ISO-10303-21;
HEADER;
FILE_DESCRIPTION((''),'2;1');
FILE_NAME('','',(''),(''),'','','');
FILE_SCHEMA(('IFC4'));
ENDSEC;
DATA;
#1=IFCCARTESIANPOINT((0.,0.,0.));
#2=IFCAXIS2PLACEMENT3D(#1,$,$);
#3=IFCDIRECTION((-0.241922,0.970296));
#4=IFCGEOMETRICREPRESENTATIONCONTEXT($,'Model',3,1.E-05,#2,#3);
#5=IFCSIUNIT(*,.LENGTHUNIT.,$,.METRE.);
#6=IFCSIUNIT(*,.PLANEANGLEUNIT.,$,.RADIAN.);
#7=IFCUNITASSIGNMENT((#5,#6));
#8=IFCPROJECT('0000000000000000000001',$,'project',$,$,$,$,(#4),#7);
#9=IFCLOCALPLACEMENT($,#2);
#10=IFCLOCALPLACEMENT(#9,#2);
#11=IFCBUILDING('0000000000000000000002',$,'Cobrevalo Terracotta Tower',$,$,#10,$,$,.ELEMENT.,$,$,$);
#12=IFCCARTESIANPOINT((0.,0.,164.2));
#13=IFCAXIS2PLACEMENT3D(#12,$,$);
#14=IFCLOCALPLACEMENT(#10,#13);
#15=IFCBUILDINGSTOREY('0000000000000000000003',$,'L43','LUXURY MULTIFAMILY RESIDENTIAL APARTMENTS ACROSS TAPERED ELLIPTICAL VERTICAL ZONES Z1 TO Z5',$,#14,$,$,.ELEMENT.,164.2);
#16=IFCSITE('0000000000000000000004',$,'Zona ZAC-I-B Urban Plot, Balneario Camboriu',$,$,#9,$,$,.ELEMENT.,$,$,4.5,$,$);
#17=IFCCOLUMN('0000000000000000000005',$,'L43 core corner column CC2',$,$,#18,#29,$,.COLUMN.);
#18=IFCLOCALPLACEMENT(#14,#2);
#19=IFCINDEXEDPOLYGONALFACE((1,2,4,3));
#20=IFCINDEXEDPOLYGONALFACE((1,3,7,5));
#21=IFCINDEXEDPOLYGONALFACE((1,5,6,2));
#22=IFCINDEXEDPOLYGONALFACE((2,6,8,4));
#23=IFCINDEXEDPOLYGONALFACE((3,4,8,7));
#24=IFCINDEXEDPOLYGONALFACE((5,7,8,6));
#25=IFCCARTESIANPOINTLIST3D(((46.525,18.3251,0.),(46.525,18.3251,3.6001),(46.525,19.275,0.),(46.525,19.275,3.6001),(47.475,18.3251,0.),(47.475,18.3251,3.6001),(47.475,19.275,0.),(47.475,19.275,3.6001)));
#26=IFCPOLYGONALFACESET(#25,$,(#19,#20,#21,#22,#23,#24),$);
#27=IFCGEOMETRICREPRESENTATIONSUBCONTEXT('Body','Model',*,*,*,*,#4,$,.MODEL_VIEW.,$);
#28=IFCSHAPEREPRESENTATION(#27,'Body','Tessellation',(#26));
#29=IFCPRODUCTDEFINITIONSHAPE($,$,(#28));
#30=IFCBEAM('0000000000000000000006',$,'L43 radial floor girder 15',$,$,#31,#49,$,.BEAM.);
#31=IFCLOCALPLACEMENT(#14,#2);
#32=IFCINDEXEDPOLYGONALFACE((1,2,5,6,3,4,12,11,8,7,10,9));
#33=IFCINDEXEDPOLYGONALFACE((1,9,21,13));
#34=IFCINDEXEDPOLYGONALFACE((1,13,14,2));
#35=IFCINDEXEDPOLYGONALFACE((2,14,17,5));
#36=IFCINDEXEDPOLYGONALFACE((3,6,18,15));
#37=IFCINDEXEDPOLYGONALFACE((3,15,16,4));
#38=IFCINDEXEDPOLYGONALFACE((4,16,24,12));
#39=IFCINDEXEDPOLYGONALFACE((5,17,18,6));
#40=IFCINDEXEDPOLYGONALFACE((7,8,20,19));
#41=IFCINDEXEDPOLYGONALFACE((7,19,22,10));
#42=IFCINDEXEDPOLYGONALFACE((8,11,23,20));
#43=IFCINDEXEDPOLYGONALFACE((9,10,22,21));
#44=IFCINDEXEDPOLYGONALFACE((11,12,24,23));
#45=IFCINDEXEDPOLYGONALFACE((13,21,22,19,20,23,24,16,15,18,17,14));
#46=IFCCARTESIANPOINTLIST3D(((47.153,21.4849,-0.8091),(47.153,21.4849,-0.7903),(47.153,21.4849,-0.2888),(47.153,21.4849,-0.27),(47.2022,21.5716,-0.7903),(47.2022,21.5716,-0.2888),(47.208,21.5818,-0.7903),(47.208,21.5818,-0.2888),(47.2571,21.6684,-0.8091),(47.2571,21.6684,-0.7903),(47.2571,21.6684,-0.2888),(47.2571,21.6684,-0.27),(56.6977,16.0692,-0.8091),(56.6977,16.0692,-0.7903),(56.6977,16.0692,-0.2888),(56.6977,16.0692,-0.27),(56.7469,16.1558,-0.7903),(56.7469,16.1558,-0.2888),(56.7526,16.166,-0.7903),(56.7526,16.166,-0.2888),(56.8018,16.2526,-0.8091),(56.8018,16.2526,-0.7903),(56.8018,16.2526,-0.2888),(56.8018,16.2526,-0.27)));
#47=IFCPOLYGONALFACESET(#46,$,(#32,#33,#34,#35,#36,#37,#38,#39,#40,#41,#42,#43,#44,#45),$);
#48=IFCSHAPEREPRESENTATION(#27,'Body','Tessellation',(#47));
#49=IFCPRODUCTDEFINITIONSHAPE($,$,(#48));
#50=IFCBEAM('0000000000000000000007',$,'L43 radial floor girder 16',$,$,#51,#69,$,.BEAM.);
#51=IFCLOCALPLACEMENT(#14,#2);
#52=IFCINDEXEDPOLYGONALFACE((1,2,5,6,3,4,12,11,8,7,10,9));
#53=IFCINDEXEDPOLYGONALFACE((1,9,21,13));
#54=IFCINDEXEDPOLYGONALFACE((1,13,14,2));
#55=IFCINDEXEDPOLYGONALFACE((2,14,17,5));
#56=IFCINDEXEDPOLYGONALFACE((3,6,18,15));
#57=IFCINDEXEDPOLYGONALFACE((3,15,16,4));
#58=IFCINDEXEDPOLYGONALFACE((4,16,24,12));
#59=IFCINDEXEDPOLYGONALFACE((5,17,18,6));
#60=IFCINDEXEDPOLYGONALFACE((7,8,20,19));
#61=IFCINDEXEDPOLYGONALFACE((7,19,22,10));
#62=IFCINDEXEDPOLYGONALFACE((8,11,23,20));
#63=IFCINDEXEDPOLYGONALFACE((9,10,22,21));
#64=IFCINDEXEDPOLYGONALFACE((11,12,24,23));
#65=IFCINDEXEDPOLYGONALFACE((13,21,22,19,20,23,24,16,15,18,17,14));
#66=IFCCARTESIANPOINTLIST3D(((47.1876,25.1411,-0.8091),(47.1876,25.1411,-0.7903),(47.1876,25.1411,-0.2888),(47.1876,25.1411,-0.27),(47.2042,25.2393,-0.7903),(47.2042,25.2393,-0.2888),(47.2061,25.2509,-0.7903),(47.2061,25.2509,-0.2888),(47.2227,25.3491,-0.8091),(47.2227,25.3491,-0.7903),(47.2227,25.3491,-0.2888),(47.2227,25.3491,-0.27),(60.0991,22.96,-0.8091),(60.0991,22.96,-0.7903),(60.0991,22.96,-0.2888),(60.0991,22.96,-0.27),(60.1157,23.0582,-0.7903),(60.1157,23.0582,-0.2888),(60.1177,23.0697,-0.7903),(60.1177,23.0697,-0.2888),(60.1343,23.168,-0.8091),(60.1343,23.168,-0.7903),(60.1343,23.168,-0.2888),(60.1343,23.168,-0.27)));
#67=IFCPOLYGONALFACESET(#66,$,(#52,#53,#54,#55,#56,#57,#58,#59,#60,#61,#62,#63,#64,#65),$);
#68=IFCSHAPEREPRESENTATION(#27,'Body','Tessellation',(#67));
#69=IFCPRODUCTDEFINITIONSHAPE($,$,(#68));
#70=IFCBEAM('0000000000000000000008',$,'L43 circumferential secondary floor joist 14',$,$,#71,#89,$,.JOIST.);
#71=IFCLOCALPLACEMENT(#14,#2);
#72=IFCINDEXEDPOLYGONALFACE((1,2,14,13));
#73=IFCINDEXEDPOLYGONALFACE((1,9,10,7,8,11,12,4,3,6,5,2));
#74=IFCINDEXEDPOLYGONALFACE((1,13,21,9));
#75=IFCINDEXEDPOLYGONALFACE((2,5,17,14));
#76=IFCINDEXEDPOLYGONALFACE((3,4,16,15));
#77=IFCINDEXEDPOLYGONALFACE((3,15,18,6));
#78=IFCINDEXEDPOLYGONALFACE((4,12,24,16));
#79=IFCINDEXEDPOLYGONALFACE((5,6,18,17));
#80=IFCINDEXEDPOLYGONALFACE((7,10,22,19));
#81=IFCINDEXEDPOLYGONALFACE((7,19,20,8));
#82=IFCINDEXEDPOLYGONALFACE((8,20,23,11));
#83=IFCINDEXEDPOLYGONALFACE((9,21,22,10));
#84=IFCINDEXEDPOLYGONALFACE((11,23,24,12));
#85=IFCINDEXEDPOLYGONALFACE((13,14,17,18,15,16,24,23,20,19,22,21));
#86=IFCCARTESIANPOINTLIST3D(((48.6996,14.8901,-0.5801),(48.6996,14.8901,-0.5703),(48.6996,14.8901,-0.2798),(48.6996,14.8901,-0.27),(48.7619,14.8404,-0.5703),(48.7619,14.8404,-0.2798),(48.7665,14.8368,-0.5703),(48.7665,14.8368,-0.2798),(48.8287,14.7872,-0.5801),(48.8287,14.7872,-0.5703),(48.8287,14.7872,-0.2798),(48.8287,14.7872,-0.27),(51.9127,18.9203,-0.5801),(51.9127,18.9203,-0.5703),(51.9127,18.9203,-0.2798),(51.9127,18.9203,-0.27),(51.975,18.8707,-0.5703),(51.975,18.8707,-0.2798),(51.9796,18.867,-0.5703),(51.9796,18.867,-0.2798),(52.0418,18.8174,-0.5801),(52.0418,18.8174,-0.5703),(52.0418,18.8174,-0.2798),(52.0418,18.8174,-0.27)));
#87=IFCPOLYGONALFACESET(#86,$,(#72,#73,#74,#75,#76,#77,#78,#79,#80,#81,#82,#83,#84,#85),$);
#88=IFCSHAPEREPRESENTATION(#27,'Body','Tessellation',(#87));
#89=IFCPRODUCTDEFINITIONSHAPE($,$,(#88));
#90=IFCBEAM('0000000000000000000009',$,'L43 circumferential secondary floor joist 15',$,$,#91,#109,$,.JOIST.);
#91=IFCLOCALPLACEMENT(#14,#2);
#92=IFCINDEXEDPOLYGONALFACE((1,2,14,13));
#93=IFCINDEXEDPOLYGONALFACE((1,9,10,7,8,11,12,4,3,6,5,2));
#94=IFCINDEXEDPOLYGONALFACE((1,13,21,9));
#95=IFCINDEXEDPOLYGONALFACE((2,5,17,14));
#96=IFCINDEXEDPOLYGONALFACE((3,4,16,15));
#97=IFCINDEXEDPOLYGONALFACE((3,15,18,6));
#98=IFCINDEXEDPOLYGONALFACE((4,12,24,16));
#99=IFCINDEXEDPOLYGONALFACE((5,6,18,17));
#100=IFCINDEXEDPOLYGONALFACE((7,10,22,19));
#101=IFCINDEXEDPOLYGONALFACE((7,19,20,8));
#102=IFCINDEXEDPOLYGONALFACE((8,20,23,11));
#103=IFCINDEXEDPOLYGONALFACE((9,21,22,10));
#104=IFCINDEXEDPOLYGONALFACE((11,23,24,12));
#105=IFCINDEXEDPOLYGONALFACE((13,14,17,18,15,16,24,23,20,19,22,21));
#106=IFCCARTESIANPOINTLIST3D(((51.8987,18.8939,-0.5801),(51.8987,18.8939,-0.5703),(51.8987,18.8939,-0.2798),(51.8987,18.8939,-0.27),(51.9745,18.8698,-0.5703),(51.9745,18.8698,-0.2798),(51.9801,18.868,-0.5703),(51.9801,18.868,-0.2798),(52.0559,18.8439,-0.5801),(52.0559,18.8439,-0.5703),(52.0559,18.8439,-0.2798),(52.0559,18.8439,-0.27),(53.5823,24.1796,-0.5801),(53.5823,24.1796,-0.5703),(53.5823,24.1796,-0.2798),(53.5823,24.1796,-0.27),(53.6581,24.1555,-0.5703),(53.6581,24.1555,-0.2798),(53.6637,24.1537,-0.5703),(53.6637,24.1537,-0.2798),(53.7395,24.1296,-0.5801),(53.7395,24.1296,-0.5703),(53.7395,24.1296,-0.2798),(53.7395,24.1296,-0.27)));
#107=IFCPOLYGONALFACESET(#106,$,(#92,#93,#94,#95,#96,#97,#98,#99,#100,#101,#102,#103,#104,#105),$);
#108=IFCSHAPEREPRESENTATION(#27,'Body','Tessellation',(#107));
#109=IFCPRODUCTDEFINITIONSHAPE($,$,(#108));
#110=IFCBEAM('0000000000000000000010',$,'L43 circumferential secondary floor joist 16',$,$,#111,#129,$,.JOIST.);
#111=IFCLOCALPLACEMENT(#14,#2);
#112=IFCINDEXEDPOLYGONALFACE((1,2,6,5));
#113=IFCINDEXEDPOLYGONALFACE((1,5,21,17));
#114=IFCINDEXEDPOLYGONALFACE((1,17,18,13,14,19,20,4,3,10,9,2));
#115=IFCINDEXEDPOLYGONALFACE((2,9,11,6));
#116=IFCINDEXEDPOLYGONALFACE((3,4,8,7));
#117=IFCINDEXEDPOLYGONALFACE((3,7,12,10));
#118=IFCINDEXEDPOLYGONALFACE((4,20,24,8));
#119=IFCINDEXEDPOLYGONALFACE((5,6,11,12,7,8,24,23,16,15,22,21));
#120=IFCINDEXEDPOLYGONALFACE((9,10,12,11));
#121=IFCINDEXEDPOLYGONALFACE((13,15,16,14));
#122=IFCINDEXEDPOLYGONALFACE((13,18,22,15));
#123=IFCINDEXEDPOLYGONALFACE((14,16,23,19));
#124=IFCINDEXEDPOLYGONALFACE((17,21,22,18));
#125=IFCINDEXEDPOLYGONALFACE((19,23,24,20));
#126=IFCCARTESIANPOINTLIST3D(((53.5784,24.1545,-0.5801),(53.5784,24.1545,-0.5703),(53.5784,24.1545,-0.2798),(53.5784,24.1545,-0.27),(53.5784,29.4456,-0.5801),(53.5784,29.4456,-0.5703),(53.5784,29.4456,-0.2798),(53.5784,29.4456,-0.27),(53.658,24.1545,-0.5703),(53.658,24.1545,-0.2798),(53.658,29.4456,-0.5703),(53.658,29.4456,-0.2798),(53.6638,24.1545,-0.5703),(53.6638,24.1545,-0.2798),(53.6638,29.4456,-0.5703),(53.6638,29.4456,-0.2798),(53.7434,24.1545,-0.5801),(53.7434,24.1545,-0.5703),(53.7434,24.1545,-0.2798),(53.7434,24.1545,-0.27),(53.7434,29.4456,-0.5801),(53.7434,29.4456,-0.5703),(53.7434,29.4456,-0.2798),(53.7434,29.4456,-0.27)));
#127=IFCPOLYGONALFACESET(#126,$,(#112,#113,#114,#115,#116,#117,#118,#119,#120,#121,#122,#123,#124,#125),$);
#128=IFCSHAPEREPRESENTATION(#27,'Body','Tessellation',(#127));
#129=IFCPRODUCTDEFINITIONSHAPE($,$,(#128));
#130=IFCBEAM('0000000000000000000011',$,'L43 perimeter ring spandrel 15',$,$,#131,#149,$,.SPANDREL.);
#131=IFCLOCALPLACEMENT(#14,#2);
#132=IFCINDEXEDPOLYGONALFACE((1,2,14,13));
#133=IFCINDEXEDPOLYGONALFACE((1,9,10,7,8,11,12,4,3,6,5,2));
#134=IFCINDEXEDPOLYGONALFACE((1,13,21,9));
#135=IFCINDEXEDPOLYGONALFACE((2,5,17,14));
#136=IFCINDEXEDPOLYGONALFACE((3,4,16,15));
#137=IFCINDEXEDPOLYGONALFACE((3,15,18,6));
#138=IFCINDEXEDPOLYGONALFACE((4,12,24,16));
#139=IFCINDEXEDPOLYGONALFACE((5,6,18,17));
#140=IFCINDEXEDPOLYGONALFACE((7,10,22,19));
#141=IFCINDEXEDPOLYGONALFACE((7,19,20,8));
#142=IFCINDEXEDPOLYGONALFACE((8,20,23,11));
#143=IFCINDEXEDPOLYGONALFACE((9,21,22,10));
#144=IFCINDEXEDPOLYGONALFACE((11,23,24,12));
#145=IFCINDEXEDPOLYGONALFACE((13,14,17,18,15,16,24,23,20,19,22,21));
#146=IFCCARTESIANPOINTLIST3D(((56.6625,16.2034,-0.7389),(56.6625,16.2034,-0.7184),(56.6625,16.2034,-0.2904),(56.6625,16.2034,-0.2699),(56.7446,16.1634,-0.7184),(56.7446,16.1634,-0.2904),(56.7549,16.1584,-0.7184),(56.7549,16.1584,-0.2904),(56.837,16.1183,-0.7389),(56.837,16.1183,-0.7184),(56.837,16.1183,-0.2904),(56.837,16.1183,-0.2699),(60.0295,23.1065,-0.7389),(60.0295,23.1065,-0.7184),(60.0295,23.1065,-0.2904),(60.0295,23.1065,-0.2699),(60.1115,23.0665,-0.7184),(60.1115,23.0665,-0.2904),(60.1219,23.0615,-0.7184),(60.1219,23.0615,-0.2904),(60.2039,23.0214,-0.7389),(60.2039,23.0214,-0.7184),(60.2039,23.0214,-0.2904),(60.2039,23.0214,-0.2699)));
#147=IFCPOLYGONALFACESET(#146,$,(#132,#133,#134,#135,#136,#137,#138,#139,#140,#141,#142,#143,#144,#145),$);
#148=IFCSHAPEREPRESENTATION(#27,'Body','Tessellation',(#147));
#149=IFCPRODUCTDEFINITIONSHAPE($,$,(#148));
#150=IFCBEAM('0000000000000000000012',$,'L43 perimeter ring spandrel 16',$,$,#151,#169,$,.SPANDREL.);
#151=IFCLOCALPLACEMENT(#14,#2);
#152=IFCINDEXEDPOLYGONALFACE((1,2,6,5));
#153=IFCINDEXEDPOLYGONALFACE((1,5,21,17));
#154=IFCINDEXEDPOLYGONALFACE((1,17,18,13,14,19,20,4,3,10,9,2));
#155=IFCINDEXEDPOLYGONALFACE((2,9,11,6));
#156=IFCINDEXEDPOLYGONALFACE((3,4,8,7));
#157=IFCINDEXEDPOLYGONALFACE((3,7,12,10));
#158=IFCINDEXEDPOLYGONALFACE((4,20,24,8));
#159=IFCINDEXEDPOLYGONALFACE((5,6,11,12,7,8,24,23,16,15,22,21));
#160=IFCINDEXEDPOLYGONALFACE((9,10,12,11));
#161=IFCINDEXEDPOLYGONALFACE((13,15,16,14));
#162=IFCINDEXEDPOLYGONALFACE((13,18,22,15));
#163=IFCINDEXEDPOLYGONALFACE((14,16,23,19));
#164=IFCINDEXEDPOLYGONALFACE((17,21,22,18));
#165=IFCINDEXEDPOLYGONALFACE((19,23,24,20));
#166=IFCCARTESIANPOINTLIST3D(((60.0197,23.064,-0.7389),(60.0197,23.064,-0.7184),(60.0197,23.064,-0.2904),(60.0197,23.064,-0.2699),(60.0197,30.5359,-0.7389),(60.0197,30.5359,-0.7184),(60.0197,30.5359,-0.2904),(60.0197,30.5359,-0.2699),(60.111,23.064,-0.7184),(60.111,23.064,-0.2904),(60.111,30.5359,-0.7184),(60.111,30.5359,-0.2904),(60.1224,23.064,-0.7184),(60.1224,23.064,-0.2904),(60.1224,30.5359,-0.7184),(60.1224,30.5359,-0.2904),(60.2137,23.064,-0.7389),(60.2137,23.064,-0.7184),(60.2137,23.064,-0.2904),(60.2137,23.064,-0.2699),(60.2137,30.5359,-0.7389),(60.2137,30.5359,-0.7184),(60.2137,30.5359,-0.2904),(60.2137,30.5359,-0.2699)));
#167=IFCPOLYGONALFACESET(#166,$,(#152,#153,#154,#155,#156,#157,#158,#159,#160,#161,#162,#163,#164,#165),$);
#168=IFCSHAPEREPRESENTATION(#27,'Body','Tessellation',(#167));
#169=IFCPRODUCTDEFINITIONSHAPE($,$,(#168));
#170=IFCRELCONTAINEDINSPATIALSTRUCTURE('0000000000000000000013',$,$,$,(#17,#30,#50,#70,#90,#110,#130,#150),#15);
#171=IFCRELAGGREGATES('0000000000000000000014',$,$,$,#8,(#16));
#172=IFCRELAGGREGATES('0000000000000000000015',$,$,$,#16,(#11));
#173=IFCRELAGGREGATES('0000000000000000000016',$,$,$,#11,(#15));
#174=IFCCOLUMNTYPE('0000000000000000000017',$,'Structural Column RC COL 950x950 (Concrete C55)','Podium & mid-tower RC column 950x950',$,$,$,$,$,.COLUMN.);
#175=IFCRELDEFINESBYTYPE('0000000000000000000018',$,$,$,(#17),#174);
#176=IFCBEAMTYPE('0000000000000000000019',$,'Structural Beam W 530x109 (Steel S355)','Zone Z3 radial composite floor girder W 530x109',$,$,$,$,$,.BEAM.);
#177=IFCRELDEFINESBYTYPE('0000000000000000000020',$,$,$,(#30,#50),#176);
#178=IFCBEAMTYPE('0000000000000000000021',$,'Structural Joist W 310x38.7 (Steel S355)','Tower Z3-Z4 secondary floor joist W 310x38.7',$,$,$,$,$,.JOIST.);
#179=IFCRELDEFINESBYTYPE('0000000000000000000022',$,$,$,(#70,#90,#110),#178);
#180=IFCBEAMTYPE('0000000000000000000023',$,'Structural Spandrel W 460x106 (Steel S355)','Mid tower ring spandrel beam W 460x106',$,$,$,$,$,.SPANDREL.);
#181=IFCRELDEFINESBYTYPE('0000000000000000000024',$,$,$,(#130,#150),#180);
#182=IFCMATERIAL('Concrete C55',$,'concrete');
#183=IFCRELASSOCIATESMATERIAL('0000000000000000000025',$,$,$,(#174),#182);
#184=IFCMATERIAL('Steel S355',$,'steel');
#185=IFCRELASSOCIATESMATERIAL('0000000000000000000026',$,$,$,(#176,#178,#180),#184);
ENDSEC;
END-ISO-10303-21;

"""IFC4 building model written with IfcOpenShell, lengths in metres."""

from ifc_helpers import new_model, si_unit, direction, frame, origin, origin_2d, place, context, subcontext, project, spatial, rectangle, i_section, extrude, material, material_profile, profile_set, type_object, element, save


model = new_model("IFC4")

# Units and contexts
model_context = context("Model", 3, precision=1e-05, world=origin(), true_north=direction((-0.241922, 0.970296)))
body_context = subcontext(model_context, "Body", "Model", "MODEL_VIEW")
ifc_project = project(units=[si_unit("LENGTHUNIT", "METRE"), si_unit("PLANEANGLEUNIT", "RADIAN")], contexts=[model_context])

# Site, building, storey
site_placement = place(None, origin())
site = spatial("IfcSite", under=ifc_project, at=site_placement, Name="Zona ZAC-I-B Urban Plot, Balneario Camboriu", CompositionType="ELEMENT", RefElevation=4.5)
building_placement = place(site_placement, origin())
building = spatial("IfcBuilding", under=site, at=building_placement, Name="Cobrevalo Terracotta Tower", CompositionType="ELEMENT")
storey_placement = place(building_placement, frame((0.0, 0.0, 164.2)))
storey = spatial("IfcBuildingStorey", under=building, at=storey_placement, Name="L43", Description="LUXURY MULTIFAMILY RESIDENTIAL APARTMENTS ACROSS TAPERED ELLIPTICAL VERTICAL ZONES Z1 TO Z5", CompositionType="ELEMENT", Elevation=164.2)

# Column
ifc_material_1 = material(Name="Steel S355", Category="steel")
ifc_material_2 = material(Name="Concrete C55", Category="concrete")
ifc_material_profile_1 = material_profile(ifc_material_2, rectangle(XDim=0.95, YDim=0.95, at=origin_2d()), Name="RC COL 950x950")
ifc_profile_set_1 = profile_set([ifc_material_profile_1], Name="Concrete C55")
column_type_1 = type_object("IfcColumnType", Name="Structural Column RC COL 950x950 (Concrete C55)", Description="Podium & mid-tower RC column 950x950", PredefinedType="COLUMN", material=ifc_profile_set_1)
column_placement = place(storey_placement, frame((47.0, 18.8, 0.0), z_axis=(0.0, 0.0, 1.0), x_axis=(1.0, 0.0, 0.0)))
element("IfcColumn", 1, at=column_placement, inside=storey, type_object=column_type_1, Name="L43 core corner column CC2", PredefinedType="COLUMN", context=body_context, shape_type="SweptSolid", body=[
    extrude(rectangle(XDim=0.95, YDim=0.95, at=origin_2d()), origin(), (0.0, 0.0, 1.0), 3.6001),
])

# Beams
ifc_material_profile_2 = material_profile(ifc_material_1, i_section(OverallWidth=0.2109, OverallDepth=0.5391, WebThickness=0.0117, FlangeThickness=0.0188, at=origin_2d()), Name="W 530x109")
ifc_profile_set_2 = profile_set([ifc_material_profile_2], Name="Steel S355")
beam_type_1 = type_object("IfcBeamType", Name="Structural Beam W 530x109 (Steel S355)", Description="Zone Z3 radial composite floor girder W 530x109", PredefinedType="BEAM", material=ifc_profile_set_2)
beam_1_placement = place(storey_placement, frame((56.7498, 16.1609, -0.5396), z_axis=(-0.869744, 0.493504, 0.0), x_axis=(-0.493504, -0.869744, 0.0)))
element("IfcBeam", 2, at=beam_1_placement, inside=storey, type_object=beam_type_1, Name="L43 radial floor girder 15", PredefinedType="BEAM", context=body_context, shape_type="SweptSolid", body=[
    extrude(i_section(OverallWidth=0.2109, OverallDepth=0.5391, WebThickness=0.0117, FlangeThickness=0.0188, at=origin_2d()), origin(), (0.0, 0.0, 1.0), 10.9741),
])
beam_2_placement = place(storey_placement, frame((60.1167, 23.064, -0.5396), z_axis=(-0.98603, 0.166569, 0.0), x_axis=(-0.166569, -0.98603, 0.0)))
element("IfcBeam", 3, at=beam_2_placement, inside=storey, type_object=beam_type_1, Name="L43 radial floor girder 16", PredefinedType="BEAM", context=body_context, shape_type="SweptSolid", body=[
    extrude(i_section(OverallWidth=0.2109, OverallDepth=0.5391, WebThickness=0.0117, FlangeThickness=0.0188, at=origin_2d()), origin(), (0.0, 0.0, 1.0), 13.0945),
])
ifc_material_profile_3 = material_profile(ifc_material_1, i_section(OverallWidth=0.165, OverallDepth=0.3101, WebThickness=0.0059, FlangeThickness=0.0098, at=origin_2d()), Name="W 310x38.7")
ifc_profile_set_3 = profile_set([ifc_material_profile_3], Name="Steel S355")
beam_type_2 = type_object("IfcBeamType", Name="Structural Joist W 310x38.7 (Steel S355)", Description="Tower Z3-Z4 secondary floor joist W 310x38.7", PredefinedType="JOIST", material=ifc_profile_set_3)
beam_3_placement = place(storey_placement, frame((48.7642, 14.8386, -0.425), z_axis=(0.623383, 0.781917, 0.0), x_axis=(-0.781917, 0.623383, 0.0)))
element("IfcBeam", 4, at=beam_3_placement, inside=storey, type_object=beam_type_2, Name="L43 circumferential secondary floor joist 14", PredefinedType="JOIST", context=body_context, shape_type="SweptSolid", body=[
    extrude(i_section(OverallWidth=0.165, OverallDepth=0.3101, WebThickness=0.0059, FlangeThickness=0.0098, at=origin_2d()), origin(), (0.0, 0.0, 1.0), 5.1543),
])
beam_4_placement = place(storey_placement, frame((51.9773, 18.8689, -0.425), z_axis=(0.303498, 0.952832, 0.0), x_axis=(-0.952832, 0.303498, 0.0)))
element("IfcBeam", 5, at=beam_4_placement, inside=storey, type_object=beam_type_2, Name="L43 circumferential secondary floor joist 15", PredefinedType="JOIST", context=body_context, shape_type="SweptSolid", body=[
    extrude(i_section(OverallWidth=0.165, OverallDepth=0.3101, WebThickness=0.0059, FlangeThickness=0.0098, at=origin_2d()), origin(), (0.0, 0.0, 1.0), 5.5474),
])
beam_5_placement = place(storey_placement, frame((53.6609, 24.1545, -0.425), z_axis=(0.0, 1.0, 0.0), x_axis=(-1.0, 0.0, 0.0)))
element("IfcBeam", 6, at=beam_5_placement, inside=storey, type_object=beam_type_2, Name="L43 circumferential secondary floor joist 16", PredefinedType="JOIST", context=body_context, shape_type="SweptSolid", body=[
    extrude(i_section(OverallWidth=0.165, OverallDepth=0.3101, WebThickness=0.0059, FlangeThickness=0.0098, at=origin_2d()), origin(), (0.0, 0.0, 1.0), 5.291),
])
ifc_material_profile_4 = material_profile(ifc_material_1, i_section(OverallWidth=0.1941, OverallDepth=0.469, WebThickness=0.0115, FlangeThickness=0.0205, at=origin_2d()), Name="W 460x106")
ifc_profile_set_4 = profile_set([ifc_material_profile_4], Name="Steel S355")
beam_type_3 = type_object("IfcBeamType", Name="Structural Spandrel W 460x106 (Steel S355)", Description="Mid tower ring spandrel beam W 460x106", PredefinedType="SPANDREL", material=ifc_profile_set_4)
beam_6_placement = place(storey_placement, frame((56.7498, 16.1609, -0.5044), z_axis=(0.43838, 0.89879, 0.0), x_axis=(-0.89879, 0.43838, 0.0)))
element("IfcBeam", 7, at=beam_6_placement, inside=storey, type_object=beam_type_3, Name="L43 perimeter ring spandrel 15", PredefinedType="SPANDREL", context=body_context, shape_type="SweptSolid", body=[
    extrude(i_section(OverallWidth=0.1941, OverallDepth=0.469, WebThickness=0.0115, FlangeThickness=0.0205, at=origin_2d()), origin(), (0.0, 0.0, 1.0), 7.6804),
])
beam_7_placement = place(storey_placement, frame((60.1167, 23.064, -0.5044), z_axis=(0.0, 1.0, 0.0), x_axis=(-1.0, 0.0, 0.0)))
element("IfcBeam", 8, at=beam_7_placement, inside=storey, type_object=beam_type_3, Name="L43 perimeter ring spandrel 16", PredefinedType="SPANDREL", context=body_context, shape_type="SweptSolid", body=[
    extrude(i_section(OverallWidth=0.1941, OverallDepth=0.469, WebThickness=0.0115, FlangeThickness=0.0205, at=origin_2d()), origin(), (0.0, 0.0, 1.0), 7.4719),
])

save(model, "model.ifc")
